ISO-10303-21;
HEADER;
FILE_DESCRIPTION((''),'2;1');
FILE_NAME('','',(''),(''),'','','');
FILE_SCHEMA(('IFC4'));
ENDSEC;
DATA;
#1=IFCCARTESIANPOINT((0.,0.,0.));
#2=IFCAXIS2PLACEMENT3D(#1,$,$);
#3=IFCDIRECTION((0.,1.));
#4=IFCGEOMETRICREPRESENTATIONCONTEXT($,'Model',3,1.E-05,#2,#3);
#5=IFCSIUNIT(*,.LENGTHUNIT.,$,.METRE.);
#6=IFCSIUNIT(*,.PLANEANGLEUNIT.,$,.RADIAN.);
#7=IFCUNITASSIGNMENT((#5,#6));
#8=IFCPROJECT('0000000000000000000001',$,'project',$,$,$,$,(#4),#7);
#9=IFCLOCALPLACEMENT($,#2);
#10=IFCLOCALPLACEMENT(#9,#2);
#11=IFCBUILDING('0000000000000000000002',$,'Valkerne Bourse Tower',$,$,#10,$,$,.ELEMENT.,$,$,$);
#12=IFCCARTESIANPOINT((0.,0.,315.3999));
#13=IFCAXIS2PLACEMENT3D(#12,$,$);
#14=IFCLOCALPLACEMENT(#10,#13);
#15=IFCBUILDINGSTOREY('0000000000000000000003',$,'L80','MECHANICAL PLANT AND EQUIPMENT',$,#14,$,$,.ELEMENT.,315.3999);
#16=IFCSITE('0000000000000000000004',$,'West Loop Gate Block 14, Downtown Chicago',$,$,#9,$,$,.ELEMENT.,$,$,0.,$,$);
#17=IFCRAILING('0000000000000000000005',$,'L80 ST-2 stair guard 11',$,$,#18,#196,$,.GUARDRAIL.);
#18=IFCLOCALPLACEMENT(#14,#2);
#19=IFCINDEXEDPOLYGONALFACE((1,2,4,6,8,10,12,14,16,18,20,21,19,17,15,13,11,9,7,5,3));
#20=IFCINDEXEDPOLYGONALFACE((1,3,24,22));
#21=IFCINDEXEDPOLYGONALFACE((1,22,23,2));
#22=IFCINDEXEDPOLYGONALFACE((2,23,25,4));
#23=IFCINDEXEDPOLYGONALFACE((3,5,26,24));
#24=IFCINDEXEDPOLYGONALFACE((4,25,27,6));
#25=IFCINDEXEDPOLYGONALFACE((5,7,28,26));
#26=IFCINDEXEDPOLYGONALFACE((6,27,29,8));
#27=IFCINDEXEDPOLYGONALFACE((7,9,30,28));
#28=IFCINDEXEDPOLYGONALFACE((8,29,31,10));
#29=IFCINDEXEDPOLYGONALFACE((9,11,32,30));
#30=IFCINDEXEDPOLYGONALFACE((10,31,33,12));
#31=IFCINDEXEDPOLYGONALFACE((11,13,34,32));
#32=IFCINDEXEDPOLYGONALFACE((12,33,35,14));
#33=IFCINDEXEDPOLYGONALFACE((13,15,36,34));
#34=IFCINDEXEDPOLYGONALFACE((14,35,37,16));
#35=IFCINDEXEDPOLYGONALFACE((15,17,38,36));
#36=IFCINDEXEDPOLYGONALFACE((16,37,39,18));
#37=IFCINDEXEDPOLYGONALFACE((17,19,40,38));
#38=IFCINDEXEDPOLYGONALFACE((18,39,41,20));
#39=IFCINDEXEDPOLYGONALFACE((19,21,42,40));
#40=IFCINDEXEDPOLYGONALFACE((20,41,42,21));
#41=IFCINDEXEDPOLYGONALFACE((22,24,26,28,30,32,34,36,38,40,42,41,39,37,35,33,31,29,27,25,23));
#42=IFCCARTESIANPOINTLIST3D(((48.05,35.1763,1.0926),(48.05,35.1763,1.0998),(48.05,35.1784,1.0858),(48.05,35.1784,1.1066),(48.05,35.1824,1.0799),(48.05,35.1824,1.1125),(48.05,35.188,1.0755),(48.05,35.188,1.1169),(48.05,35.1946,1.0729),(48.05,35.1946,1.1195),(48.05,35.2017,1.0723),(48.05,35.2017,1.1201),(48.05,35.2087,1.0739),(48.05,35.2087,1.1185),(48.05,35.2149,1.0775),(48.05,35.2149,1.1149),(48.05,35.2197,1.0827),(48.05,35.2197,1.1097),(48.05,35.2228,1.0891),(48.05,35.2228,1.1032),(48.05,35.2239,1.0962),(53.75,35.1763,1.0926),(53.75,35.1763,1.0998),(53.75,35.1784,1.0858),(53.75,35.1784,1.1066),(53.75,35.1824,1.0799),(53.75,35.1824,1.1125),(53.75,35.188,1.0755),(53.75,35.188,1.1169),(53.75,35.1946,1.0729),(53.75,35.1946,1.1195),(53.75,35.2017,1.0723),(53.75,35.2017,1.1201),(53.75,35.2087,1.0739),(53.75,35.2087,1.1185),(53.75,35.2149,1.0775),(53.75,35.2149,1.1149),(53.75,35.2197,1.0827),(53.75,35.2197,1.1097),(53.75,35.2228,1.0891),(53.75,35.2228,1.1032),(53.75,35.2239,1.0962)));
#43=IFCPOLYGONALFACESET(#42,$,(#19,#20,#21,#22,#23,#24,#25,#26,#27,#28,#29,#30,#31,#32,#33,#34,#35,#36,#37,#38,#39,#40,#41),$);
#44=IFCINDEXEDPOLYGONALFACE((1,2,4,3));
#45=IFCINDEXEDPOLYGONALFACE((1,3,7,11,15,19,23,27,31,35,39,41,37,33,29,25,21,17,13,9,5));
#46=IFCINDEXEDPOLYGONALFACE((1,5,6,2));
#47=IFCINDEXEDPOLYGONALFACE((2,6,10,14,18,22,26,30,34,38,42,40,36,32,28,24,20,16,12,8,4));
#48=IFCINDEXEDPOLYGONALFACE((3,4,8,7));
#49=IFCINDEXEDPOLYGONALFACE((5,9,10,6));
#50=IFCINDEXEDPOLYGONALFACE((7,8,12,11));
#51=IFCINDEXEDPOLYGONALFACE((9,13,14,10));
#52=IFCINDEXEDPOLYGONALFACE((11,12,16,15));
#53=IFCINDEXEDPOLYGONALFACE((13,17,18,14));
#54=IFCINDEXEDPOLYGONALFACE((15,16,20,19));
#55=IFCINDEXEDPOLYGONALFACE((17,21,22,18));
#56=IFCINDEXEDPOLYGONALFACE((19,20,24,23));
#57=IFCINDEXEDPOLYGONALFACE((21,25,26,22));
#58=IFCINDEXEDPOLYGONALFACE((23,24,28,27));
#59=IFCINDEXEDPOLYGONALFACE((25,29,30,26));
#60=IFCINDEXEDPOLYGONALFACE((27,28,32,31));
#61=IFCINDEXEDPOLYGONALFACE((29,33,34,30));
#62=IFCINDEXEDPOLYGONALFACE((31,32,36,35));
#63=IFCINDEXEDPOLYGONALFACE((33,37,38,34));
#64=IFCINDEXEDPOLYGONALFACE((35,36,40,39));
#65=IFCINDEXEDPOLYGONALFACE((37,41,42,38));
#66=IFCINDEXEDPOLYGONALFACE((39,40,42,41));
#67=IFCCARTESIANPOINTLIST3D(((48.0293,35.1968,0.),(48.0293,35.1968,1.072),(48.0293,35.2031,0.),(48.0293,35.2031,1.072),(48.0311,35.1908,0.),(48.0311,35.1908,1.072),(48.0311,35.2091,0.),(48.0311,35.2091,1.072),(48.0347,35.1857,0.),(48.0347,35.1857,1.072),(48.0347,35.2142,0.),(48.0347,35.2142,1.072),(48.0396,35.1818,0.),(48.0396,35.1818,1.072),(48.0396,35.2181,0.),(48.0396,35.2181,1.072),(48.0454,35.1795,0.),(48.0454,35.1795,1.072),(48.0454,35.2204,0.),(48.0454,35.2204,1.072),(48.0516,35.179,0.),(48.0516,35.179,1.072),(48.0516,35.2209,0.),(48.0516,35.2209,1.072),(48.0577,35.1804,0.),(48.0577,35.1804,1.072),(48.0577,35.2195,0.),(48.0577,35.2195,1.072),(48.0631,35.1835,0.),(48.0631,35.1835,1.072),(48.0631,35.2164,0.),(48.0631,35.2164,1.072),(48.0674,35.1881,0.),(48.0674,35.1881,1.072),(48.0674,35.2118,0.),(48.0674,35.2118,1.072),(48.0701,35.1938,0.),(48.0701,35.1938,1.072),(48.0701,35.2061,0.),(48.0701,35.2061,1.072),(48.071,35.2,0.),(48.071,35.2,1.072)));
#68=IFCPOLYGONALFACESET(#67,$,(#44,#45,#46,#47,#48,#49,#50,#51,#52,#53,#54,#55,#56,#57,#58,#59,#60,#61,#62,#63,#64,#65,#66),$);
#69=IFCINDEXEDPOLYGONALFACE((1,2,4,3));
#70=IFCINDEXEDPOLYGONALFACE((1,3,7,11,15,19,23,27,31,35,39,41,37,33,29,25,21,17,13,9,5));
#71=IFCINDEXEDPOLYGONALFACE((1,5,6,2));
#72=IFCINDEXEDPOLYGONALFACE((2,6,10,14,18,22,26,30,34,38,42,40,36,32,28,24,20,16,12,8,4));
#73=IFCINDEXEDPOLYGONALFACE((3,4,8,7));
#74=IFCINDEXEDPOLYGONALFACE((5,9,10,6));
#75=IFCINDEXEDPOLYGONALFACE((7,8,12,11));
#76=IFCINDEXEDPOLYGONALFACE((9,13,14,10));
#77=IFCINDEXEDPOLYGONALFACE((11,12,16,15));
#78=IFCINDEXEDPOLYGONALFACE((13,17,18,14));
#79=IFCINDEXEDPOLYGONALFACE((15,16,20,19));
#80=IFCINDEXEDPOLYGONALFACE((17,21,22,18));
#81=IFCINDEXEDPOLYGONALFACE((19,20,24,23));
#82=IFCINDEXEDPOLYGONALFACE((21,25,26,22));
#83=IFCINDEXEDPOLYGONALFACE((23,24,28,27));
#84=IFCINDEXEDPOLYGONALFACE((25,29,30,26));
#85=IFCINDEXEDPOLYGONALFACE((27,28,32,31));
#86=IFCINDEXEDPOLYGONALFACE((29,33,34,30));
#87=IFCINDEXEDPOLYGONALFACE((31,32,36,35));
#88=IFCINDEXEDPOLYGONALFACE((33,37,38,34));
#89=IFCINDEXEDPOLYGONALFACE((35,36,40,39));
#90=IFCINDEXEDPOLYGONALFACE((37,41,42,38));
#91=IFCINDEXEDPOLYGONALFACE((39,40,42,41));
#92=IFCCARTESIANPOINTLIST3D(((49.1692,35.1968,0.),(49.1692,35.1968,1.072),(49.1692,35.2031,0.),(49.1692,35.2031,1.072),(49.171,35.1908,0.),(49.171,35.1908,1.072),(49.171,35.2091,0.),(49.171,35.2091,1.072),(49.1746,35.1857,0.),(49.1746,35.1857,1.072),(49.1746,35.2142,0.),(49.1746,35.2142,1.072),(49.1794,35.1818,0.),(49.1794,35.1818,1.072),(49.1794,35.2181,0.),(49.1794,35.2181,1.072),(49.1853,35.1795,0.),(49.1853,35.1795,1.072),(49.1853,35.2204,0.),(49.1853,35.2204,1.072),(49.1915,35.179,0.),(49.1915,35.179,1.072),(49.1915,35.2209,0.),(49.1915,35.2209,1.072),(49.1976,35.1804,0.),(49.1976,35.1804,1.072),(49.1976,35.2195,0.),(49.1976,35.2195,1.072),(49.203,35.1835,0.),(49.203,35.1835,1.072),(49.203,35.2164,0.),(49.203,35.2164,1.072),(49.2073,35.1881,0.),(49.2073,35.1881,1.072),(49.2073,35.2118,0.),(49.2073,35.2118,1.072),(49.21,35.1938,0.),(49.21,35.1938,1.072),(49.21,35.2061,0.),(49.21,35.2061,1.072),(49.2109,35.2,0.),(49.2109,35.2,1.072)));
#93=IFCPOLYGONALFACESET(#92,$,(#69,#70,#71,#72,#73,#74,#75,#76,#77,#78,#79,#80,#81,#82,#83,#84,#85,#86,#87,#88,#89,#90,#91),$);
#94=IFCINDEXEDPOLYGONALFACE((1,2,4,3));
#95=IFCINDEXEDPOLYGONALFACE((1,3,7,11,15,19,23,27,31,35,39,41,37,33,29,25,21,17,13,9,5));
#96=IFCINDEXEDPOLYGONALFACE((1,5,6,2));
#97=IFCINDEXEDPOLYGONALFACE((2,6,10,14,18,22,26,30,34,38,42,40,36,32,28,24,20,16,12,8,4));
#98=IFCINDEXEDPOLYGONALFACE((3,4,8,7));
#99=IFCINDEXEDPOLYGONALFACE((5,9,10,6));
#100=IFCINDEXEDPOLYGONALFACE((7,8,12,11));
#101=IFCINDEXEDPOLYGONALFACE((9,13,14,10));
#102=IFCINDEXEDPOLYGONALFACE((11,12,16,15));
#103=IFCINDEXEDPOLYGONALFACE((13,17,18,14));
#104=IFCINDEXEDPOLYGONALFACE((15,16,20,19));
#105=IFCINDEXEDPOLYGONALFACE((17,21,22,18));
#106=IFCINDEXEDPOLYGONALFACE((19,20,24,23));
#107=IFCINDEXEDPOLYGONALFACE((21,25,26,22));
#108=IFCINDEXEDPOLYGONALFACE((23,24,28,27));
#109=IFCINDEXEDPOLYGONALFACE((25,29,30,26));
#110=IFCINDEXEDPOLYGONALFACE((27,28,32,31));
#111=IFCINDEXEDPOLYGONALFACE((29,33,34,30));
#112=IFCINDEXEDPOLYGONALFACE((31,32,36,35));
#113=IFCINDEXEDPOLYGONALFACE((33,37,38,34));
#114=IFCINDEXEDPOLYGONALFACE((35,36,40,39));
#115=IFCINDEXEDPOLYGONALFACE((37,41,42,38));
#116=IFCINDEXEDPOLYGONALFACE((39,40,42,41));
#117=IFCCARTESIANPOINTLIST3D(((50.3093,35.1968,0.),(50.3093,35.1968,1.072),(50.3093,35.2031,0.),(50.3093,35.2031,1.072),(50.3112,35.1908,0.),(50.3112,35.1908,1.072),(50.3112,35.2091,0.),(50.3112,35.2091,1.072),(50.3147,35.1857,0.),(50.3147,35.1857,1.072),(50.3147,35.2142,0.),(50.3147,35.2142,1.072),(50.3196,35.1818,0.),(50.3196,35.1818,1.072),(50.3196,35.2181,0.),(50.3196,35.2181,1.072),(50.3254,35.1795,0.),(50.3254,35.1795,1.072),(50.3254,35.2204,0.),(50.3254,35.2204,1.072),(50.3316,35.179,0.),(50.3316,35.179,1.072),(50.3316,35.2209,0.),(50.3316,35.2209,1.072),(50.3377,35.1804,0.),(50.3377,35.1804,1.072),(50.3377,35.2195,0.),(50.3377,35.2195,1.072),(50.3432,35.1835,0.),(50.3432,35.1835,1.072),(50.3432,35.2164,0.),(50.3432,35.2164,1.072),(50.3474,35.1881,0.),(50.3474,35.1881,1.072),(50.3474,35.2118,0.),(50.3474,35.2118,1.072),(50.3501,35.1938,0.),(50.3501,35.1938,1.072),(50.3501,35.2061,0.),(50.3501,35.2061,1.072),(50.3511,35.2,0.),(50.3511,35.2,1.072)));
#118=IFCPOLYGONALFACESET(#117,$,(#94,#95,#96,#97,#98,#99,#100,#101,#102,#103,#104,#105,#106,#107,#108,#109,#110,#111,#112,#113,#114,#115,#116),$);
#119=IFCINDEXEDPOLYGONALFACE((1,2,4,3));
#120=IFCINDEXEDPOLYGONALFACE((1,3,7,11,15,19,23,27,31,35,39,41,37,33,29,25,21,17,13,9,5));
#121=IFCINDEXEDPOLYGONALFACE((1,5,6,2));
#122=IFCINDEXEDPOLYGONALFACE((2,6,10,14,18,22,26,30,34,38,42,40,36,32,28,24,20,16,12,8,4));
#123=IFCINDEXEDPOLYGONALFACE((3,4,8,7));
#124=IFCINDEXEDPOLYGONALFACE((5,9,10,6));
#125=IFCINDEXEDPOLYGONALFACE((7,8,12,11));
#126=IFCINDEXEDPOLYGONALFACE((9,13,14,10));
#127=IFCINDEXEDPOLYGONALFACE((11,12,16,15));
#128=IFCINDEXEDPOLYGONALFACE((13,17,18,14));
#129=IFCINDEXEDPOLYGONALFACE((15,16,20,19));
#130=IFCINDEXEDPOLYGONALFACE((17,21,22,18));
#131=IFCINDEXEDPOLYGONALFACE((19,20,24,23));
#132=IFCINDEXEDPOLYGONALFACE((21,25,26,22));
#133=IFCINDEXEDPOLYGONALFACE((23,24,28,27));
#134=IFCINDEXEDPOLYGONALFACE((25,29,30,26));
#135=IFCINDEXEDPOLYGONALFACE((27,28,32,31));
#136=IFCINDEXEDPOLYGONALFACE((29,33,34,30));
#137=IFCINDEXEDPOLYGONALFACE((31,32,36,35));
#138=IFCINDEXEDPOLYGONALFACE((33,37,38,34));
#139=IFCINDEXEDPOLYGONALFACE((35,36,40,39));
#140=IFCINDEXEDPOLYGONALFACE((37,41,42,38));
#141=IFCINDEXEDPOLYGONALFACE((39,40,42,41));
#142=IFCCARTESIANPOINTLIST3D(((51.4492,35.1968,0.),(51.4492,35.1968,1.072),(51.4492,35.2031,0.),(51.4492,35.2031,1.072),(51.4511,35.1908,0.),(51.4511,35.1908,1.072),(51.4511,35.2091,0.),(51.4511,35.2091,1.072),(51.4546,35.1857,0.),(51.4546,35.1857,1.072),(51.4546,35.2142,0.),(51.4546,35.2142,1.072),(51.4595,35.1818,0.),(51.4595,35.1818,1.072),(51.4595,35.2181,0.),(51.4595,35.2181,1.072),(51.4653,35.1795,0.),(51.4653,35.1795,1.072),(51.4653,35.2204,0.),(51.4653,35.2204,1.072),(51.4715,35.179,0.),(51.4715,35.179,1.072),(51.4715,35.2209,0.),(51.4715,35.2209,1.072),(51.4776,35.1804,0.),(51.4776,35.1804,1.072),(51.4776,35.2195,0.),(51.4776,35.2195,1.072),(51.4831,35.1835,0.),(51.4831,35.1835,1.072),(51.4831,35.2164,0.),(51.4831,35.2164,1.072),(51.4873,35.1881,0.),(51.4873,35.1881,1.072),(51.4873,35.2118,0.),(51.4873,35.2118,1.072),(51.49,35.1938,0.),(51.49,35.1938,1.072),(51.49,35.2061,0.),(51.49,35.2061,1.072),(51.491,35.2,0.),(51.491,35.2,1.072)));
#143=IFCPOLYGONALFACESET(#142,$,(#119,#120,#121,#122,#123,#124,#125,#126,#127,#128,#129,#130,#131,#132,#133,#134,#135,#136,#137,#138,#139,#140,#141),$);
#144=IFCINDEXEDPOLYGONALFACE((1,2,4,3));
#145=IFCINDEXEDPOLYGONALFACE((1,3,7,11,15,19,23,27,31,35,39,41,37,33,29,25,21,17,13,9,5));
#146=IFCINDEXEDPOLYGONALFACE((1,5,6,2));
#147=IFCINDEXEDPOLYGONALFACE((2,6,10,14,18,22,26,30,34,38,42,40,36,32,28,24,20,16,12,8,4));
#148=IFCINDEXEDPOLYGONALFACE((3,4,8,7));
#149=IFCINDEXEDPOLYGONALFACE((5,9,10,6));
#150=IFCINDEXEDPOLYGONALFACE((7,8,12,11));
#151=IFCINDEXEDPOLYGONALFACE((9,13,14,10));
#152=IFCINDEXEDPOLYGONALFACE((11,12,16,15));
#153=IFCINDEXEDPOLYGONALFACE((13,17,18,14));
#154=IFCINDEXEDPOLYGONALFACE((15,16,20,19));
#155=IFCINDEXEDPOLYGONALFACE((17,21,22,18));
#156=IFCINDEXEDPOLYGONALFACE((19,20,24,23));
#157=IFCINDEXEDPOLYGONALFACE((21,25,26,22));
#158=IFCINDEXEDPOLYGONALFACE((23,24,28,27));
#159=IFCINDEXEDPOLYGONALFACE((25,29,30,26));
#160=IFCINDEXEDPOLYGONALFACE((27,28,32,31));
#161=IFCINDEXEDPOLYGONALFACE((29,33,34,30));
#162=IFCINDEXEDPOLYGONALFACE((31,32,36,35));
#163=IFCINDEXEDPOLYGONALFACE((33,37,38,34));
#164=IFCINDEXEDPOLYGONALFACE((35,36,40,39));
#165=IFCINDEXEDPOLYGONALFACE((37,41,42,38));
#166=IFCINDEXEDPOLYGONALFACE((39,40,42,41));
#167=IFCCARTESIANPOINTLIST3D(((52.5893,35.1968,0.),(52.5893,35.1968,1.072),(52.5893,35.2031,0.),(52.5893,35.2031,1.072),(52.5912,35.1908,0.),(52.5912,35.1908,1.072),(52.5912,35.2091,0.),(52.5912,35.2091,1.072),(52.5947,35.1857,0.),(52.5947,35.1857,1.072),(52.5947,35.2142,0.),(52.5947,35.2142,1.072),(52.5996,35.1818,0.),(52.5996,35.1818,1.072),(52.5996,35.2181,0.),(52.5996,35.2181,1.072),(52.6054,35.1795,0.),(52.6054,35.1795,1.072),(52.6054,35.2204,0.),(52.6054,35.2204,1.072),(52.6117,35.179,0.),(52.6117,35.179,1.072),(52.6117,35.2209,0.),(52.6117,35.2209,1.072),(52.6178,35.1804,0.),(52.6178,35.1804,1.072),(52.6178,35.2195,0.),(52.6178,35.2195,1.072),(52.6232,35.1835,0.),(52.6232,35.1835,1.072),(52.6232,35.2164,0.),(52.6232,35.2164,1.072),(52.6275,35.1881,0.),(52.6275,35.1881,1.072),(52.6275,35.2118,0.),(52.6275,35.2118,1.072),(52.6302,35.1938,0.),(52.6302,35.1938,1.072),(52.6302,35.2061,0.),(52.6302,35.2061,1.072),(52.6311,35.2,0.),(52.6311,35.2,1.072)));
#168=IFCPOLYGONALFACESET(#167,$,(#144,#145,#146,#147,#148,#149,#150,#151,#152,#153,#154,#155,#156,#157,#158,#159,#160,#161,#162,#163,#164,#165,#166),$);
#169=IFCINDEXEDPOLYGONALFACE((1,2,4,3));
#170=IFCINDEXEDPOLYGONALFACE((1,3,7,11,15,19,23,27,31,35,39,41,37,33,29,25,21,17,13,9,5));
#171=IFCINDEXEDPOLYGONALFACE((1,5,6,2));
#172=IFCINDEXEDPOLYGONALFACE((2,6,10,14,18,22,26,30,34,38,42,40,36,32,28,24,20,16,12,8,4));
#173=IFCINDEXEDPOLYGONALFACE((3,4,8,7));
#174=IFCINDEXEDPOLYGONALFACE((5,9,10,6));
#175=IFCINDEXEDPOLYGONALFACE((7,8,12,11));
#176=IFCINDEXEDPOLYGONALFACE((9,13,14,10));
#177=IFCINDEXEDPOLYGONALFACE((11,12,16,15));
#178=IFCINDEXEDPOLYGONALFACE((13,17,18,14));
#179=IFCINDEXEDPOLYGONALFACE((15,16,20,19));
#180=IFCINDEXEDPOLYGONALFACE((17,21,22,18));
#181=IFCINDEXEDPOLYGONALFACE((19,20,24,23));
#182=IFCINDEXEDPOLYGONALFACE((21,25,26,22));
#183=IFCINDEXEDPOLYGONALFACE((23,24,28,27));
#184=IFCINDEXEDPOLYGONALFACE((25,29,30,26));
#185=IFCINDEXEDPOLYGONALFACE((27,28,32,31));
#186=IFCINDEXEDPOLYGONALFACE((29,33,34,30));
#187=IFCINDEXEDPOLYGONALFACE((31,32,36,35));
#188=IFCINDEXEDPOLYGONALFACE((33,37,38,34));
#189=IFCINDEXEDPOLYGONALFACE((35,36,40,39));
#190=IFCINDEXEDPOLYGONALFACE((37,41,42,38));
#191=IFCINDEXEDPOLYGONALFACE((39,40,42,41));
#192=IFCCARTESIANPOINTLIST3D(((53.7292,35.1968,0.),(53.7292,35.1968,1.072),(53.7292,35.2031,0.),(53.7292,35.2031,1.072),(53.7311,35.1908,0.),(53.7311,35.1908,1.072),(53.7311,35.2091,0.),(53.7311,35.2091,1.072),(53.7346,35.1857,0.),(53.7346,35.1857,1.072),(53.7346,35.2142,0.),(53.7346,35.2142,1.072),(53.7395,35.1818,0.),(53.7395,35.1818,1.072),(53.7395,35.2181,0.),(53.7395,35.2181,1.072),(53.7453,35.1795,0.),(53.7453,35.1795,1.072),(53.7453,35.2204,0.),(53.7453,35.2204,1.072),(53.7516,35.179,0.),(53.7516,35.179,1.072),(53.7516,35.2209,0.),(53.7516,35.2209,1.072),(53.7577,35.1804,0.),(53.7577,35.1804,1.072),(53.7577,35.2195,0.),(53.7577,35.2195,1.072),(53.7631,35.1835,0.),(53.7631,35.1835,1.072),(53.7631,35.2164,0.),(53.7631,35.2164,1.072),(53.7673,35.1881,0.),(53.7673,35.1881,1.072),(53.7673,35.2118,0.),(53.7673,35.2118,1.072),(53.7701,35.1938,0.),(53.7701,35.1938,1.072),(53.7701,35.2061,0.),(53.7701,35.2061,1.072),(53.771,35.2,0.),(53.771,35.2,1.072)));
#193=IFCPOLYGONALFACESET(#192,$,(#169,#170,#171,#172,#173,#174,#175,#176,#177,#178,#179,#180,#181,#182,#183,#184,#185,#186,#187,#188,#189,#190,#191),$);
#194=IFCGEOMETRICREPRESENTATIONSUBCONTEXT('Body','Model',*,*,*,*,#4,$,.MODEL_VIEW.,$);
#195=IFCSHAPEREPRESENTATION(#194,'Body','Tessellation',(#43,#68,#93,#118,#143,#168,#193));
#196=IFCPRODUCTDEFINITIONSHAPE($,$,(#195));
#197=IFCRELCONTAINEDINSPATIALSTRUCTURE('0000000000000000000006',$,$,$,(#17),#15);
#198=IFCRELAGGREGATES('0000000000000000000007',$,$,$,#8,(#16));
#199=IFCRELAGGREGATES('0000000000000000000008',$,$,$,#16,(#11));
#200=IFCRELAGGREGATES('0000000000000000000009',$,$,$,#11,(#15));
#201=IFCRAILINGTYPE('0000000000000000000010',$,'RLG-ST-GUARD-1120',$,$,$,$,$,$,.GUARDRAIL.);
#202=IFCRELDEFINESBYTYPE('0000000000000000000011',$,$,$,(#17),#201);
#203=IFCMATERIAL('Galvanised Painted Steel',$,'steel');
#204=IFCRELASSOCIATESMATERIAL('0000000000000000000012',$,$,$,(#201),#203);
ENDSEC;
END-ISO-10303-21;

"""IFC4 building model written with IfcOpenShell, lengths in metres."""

from ifc_helpers import new_model, si_unit, direction, frame, origin, origin_2d, place, context, subcontext, project, spatial, circle, extrude, material, type_object, element, save


model = new_model("IFC4")

# Units and contexts
model_context = context("Model", 3, precision=1e-05, world=origin(), true_north=direction((0.0, 1.0)))
body_context = subcontext(model_context, "Body", "Model", "MODEL_VIEW")
ifc_project = project(units=[si_unit("LENGTHUNIT", "METRE"), si_unit("PLANEANGLEUNIT", "RADIAN")], contexts=[model_context])

# Site, building, storey
site_placement = place(None, origin())
site = spatial("IfcSite", under=ifc_project, at=site_placement, Name="West Loop Gate Block 14, Downtown Chicago", CompositionType="ELEMENT", RefElevation=0.0)
building_placement = place(site_placement, origin())
building = spatial("IfcBuilding", under=site, at=building_placement, Name="Valkerne Bourse Tower", CompositionType="ELEMENT")
storey_placement = place(building_placement, frame((0.0, 0.0, 315.3999)))
storey = spatial("IfcBuildingStorey", under=building, at=storey_placement, Name="L80", Description="MECHANICAL PLANT AND EQUIPMENT", CompositionType="ELEMENT", Elevation=315.3999)

# Railing
ifc_material_1 = material(Name="Galvanised Painted Steel", Category="steel")
railing_type_1 = type_object("IfcRailingType", Name="RLG-ST-GUARD-1120", PredefinedType="GUARDRAIL", material=ifc_material_1)
railing_1_placement = place(storey_placement, frame((48.05, 35.2, 0.0)))
element("IfcRailing", 1, at=railing_1_placement, inside=storey, type_object=railing_type_1, Name="L80 ST-2 stair guard 11", PredefinedType="GUARDRAIL", context=body_context, shape_type="SweptSolid", body=[
    extrude(circle(Radius=0.0239, at=origin_2d()), frame((0.0, 0.0, 1.0962), z_axis=(1.0, 0.0, 0.0), x_axis=(0.0, 1.0, 0.0)), (0.0, 0.0, 1.0), 5.7),
    extrude(circle(Radius=0.021, at=origin_2d()), origin(), (0.0, 0.0, 1.0), 1.072),
    extrude(circle(Radius=0.021, at=origin_2d()), frame((1.1399, 0.0, 0.0)), (0.0, 0.0, 1.0), 1.072),
    extrude(circle(Radius=0.021, at=origin_2d()), frame((2.28, 0.0, 0.0)), (0.0, 0.0, 1.0), 1.072),
    extrude(circle(Radius=0.021, at=origin_2d()), frame((3.4199, 0.0, 0.0)), (0.0, 0.0, 1.0), 1.072),
    extrude(circle(Radius=0.021, at=origin_2d()), frame((4.5601, 0.0, 0.0)), (0.0, 0.0, 1.0), 1.072),
    extrude(circle(Radius=0.021, at=origin_2d()), frame((5.7, 0.0, 0.0)), (0.0, 0.0, 1.0), 1.072),
])

save(model, "model.ifc")
